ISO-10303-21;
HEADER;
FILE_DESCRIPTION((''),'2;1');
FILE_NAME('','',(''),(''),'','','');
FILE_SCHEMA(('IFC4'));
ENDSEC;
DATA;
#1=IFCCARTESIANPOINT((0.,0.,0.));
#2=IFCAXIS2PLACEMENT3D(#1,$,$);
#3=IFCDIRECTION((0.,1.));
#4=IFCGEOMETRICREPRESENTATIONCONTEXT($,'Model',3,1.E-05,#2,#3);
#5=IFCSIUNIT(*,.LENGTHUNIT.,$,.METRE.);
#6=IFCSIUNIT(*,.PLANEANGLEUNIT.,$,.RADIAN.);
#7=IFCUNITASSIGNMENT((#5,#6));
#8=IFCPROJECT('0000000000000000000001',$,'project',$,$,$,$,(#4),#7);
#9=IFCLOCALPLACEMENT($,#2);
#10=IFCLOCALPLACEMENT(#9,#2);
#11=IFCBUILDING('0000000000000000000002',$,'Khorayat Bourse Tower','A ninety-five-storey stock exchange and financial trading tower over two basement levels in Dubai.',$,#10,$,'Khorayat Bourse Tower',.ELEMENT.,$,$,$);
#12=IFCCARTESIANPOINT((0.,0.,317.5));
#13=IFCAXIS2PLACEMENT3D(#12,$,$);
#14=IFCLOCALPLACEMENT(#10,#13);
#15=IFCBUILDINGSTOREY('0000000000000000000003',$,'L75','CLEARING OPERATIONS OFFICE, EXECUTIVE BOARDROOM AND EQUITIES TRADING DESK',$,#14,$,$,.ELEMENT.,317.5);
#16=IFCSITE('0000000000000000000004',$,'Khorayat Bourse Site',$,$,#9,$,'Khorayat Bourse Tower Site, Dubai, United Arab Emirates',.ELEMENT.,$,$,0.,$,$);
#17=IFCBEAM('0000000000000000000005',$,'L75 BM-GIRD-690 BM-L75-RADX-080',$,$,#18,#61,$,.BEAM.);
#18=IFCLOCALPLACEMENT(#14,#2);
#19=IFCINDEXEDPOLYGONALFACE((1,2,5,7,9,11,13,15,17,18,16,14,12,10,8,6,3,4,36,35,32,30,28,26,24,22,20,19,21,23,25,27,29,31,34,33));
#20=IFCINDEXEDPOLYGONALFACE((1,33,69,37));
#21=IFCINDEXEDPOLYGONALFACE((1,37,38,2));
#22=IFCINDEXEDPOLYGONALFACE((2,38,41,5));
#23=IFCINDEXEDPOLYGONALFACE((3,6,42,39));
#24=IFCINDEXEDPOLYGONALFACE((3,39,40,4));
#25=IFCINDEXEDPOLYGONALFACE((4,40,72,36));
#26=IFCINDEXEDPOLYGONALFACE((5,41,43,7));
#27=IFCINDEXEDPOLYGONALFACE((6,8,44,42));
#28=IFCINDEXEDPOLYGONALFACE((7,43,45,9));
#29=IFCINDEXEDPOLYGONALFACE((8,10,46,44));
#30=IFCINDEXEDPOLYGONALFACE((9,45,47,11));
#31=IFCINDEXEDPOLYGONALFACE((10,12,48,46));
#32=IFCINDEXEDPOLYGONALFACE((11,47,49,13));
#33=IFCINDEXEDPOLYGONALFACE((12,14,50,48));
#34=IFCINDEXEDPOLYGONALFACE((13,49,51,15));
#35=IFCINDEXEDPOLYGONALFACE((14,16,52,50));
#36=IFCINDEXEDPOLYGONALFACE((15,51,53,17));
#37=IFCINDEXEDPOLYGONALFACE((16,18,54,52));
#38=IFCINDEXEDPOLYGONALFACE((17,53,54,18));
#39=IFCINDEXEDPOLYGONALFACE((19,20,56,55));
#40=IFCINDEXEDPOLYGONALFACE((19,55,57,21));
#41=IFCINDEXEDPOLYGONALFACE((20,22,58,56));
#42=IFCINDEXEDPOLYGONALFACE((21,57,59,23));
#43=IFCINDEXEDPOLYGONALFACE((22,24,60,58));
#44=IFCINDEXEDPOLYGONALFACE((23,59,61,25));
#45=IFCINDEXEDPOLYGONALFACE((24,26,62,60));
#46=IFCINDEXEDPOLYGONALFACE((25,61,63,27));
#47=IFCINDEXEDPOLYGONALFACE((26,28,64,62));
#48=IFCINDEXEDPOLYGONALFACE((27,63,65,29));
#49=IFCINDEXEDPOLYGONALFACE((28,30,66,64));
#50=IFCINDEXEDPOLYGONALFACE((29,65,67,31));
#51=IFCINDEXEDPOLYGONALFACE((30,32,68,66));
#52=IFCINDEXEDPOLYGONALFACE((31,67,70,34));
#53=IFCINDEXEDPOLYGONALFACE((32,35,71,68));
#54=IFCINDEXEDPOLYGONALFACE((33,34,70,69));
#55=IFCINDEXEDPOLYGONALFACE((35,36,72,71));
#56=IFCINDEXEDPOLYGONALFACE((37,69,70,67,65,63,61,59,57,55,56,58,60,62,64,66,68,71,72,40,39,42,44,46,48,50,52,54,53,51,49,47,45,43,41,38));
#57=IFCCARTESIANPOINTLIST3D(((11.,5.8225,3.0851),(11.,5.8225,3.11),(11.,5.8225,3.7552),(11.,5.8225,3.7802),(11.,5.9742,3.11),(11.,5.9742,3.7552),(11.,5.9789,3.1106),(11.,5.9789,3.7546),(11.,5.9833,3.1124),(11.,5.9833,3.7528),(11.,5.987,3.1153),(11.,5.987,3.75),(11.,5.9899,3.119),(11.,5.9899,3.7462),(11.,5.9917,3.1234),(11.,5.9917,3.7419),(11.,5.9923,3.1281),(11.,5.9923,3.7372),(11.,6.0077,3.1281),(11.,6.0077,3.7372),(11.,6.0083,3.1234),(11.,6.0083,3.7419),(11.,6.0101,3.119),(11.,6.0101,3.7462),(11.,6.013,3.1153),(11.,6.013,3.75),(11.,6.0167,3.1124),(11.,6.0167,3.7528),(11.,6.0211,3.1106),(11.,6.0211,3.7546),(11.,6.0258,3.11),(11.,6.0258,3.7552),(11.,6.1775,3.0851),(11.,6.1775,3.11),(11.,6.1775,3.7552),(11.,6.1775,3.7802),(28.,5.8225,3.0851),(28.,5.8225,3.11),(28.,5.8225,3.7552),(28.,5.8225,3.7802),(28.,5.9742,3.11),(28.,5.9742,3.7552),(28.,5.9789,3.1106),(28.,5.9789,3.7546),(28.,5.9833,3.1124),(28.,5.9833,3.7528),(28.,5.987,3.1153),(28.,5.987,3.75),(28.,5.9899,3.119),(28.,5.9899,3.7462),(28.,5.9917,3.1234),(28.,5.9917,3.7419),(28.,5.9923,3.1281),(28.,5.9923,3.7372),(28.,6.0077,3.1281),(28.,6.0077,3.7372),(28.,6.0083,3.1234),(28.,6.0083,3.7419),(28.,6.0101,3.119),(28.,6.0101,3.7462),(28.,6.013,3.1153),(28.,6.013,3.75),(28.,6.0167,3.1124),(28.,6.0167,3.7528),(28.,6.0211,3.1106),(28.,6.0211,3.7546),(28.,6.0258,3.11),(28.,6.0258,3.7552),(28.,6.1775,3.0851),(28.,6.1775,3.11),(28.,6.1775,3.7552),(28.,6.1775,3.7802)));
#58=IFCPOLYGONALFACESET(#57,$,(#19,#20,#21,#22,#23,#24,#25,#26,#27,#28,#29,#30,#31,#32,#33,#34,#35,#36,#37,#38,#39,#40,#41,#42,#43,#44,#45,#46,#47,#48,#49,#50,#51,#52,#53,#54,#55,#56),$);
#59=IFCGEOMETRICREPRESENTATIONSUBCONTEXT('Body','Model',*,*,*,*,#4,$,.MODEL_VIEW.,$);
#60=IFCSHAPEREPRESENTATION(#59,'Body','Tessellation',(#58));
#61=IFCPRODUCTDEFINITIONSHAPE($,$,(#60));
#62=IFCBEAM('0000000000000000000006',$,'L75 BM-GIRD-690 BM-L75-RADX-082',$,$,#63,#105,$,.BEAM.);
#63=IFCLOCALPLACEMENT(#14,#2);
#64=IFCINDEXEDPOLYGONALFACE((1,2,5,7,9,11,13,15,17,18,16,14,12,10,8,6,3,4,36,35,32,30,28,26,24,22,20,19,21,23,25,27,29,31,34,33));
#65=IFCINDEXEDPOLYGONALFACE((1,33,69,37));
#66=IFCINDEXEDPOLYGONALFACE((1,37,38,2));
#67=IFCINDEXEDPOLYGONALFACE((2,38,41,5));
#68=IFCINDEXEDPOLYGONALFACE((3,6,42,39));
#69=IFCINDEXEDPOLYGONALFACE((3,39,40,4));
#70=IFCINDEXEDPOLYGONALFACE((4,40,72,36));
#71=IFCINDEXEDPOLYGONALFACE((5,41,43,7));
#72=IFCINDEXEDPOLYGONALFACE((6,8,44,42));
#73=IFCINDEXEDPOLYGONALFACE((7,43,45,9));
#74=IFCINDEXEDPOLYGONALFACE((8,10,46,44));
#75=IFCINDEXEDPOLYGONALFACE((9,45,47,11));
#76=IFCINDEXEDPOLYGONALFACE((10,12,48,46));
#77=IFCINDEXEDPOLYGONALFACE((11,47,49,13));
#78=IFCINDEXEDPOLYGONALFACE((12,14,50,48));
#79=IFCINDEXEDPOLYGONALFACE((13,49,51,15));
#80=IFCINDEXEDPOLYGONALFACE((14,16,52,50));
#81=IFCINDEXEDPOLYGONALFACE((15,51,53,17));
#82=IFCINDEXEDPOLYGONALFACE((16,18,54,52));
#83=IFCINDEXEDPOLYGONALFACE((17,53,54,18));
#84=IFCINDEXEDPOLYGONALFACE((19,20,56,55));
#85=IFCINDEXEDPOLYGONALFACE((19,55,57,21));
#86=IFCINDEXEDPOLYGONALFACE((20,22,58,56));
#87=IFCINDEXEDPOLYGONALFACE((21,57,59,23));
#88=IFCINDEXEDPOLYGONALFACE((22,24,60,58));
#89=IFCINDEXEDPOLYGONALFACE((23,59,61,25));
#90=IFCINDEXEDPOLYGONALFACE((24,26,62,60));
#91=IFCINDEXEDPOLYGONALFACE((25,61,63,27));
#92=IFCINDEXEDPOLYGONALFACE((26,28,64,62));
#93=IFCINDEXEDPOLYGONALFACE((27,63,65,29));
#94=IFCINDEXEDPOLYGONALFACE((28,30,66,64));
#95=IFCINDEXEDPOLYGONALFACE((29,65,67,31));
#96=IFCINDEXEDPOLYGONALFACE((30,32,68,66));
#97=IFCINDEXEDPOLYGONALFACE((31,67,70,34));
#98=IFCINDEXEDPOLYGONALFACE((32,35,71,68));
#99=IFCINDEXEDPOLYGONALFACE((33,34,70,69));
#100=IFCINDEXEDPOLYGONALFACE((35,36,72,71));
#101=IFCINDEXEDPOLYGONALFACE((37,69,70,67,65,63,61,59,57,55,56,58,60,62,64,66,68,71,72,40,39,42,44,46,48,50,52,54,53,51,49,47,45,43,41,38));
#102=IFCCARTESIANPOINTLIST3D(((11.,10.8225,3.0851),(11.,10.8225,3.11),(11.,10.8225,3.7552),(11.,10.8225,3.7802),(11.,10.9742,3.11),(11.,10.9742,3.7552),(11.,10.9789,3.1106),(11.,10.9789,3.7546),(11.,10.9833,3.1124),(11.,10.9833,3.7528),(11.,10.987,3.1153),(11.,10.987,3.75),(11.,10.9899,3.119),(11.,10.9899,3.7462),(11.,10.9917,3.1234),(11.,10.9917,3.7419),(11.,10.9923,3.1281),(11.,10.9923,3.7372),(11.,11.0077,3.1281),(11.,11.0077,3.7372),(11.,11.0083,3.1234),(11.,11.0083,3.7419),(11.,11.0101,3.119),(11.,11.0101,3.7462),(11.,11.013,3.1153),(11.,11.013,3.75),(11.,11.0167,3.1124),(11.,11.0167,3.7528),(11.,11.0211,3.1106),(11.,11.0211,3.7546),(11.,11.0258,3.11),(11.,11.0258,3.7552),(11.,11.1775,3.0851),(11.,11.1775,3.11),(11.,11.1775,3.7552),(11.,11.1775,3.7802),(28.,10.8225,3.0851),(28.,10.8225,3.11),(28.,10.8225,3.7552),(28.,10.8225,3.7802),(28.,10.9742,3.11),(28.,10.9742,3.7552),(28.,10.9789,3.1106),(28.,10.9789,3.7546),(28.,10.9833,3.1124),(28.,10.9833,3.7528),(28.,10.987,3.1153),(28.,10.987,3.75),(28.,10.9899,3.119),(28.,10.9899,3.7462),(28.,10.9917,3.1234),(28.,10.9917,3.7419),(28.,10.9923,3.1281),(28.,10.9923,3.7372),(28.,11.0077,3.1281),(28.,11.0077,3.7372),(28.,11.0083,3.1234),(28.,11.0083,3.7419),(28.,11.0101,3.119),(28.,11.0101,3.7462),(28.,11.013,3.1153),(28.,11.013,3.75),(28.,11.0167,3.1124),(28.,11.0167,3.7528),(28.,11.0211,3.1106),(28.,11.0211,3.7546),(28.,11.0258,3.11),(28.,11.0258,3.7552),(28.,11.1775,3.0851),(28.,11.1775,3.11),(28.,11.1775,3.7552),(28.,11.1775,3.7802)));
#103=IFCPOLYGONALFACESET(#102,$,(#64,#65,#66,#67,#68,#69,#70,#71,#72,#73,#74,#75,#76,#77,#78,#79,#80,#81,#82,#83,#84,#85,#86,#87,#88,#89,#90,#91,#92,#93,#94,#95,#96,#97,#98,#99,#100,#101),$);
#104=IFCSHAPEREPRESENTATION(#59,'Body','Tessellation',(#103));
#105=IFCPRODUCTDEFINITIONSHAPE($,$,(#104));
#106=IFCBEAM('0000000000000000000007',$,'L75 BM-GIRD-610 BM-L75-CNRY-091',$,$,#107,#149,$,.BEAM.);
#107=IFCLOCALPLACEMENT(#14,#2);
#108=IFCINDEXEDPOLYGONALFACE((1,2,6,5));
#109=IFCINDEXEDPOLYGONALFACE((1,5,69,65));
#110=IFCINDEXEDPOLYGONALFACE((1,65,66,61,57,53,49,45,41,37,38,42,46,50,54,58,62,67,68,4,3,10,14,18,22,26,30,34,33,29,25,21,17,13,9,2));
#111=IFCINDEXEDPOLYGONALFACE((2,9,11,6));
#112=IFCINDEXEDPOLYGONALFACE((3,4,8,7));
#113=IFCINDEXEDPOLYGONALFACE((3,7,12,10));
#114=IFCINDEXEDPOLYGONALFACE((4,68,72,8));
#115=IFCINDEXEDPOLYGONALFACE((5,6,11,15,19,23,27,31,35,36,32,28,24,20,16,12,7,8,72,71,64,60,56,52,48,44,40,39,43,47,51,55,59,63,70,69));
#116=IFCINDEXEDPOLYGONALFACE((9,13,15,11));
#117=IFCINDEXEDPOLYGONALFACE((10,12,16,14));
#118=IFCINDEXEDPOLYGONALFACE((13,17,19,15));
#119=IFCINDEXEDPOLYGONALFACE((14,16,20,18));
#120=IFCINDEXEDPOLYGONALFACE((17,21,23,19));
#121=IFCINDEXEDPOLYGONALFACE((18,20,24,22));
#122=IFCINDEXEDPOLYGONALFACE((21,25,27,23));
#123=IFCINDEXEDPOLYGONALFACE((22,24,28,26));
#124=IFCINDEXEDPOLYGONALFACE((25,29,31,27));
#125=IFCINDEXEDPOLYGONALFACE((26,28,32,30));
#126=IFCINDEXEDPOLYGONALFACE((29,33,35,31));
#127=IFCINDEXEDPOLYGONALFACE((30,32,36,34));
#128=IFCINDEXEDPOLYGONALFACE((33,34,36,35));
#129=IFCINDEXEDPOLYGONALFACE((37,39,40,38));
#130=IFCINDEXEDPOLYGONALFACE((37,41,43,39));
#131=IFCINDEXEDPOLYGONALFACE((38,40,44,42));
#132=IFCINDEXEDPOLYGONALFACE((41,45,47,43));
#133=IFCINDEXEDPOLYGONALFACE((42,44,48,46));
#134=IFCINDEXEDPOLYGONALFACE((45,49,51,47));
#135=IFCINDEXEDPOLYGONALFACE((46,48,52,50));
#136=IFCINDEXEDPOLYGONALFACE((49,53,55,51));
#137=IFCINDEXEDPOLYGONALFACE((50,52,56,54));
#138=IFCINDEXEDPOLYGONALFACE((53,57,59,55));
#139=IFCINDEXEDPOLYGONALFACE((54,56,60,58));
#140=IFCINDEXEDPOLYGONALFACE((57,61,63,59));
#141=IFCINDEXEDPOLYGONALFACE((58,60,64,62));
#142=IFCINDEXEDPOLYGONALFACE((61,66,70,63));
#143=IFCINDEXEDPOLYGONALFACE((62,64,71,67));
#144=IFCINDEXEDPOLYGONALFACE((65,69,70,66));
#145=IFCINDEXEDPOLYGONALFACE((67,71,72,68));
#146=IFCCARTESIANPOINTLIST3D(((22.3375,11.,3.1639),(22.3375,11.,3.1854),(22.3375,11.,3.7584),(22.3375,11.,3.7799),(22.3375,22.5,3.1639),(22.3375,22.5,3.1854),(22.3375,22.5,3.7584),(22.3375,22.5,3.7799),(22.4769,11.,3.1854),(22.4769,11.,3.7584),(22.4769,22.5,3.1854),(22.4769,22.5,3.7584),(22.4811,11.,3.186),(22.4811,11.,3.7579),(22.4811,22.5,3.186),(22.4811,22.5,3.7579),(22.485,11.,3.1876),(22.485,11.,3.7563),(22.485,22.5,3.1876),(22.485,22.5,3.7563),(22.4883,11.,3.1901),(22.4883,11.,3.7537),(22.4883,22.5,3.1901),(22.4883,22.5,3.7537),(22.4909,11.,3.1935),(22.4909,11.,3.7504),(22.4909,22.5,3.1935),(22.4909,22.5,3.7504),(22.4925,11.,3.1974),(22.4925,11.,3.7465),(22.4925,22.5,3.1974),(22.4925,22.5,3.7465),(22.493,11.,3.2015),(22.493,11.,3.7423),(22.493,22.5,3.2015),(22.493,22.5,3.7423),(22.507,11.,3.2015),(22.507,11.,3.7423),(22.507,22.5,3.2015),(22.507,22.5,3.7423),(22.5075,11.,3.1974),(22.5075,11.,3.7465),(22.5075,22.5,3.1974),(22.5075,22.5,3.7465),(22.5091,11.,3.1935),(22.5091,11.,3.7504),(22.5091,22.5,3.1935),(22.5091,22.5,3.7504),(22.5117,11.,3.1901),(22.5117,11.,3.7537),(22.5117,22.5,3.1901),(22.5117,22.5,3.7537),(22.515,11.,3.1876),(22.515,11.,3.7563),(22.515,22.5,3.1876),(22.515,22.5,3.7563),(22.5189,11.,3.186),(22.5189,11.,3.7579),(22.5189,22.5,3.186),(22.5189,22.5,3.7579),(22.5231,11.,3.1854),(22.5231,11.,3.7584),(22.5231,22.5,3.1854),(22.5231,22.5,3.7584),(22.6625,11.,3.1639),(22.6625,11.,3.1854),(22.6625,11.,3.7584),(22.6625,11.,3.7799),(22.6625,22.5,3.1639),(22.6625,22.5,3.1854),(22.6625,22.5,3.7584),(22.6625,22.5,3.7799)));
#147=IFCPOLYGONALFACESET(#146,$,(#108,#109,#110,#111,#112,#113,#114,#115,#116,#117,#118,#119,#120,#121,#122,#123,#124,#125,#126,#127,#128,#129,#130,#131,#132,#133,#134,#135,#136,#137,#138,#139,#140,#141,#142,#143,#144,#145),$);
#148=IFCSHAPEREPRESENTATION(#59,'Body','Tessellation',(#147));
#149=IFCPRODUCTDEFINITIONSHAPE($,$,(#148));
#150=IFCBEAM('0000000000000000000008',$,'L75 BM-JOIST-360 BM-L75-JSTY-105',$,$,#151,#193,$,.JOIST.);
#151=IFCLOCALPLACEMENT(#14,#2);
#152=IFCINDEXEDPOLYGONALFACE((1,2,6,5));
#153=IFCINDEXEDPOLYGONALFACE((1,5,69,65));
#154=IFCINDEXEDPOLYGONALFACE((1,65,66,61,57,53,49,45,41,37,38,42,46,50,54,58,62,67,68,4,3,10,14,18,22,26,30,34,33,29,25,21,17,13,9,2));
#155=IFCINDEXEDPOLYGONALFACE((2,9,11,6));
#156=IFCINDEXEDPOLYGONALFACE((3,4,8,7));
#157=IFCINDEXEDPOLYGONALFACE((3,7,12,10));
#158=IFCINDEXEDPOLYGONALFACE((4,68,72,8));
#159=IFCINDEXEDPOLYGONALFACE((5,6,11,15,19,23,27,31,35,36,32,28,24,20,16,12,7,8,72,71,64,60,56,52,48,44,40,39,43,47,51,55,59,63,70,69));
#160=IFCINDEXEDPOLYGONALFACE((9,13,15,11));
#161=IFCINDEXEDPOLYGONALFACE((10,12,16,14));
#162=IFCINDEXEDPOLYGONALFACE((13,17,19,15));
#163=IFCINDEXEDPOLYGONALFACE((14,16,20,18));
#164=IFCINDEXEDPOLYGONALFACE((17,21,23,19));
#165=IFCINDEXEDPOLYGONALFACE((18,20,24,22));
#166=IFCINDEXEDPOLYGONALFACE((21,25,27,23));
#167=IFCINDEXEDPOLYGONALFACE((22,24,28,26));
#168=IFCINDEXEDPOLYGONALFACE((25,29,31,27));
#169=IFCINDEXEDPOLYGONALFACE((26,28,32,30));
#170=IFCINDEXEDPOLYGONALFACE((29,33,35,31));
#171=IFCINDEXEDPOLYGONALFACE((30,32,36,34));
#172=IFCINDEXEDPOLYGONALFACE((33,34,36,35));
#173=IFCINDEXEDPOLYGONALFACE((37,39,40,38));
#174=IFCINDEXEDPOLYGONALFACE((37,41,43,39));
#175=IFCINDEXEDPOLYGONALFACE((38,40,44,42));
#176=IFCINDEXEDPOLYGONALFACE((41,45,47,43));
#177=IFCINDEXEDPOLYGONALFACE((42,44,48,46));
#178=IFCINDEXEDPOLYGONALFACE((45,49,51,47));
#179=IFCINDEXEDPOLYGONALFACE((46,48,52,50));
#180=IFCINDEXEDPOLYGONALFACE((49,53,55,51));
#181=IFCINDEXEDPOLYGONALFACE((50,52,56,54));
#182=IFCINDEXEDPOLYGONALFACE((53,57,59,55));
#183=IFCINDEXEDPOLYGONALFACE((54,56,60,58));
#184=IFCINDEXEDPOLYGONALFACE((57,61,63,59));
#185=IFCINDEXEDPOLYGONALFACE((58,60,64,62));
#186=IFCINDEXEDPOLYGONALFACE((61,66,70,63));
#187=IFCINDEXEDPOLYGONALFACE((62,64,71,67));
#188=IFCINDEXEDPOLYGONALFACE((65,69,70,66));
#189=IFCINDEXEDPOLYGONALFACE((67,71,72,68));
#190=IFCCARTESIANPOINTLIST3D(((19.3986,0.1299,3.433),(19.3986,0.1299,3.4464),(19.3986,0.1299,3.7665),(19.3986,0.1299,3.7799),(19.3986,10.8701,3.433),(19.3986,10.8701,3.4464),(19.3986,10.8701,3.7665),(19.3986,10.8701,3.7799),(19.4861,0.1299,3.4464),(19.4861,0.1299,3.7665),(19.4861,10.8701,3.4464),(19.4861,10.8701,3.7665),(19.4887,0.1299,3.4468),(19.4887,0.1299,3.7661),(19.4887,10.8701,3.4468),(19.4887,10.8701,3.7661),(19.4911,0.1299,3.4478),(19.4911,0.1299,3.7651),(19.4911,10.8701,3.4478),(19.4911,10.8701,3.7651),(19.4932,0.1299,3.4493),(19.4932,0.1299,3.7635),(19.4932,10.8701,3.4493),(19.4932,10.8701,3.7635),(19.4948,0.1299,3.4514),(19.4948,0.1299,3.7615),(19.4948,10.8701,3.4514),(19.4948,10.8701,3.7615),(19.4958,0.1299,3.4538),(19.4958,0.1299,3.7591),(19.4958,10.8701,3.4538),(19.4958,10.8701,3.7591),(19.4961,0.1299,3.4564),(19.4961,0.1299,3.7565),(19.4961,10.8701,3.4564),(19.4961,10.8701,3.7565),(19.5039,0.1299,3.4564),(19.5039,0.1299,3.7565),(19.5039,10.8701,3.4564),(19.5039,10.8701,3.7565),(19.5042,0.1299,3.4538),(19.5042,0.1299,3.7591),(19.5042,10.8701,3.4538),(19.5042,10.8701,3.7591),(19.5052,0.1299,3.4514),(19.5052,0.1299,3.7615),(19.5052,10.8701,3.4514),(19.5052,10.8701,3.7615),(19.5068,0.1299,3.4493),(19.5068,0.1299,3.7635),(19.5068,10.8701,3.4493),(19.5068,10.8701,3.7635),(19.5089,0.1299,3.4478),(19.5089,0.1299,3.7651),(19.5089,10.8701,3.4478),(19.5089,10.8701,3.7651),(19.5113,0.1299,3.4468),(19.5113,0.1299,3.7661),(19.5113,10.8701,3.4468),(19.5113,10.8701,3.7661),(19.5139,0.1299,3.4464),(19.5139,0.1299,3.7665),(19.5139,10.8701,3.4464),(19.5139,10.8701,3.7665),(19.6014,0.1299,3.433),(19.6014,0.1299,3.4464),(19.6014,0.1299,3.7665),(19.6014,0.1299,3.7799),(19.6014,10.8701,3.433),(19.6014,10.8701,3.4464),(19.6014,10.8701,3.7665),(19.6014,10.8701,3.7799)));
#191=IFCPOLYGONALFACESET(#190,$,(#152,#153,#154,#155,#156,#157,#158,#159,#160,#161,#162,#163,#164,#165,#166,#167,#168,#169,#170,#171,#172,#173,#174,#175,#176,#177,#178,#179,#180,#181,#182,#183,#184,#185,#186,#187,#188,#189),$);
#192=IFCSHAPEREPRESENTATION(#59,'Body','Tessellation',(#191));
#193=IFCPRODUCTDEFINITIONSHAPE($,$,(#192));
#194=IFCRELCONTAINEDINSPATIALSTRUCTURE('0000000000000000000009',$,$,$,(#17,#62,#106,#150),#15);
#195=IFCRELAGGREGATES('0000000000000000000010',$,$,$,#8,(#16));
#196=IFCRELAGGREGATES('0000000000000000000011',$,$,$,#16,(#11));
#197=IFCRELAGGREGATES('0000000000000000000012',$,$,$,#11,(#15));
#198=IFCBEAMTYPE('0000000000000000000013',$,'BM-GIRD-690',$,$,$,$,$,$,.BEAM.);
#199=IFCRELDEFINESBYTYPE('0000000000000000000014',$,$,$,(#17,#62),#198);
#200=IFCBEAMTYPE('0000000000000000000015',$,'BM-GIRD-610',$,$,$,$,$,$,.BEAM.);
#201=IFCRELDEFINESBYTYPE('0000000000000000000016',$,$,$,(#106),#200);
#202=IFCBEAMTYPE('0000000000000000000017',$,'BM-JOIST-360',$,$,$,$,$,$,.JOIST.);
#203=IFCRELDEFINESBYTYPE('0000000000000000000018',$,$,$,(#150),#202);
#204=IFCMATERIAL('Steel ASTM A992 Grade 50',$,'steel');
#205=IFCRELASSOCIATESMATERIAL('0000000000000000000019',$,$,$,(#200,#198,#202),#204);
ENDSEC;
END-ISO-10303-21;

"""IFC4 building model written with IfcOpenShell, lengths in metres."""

from ifc_helpers import new_model, si_unit, direction, frame, origin, origin_2d, place, context, subcontext, project, spatial, i_section, extrude, source, transform, mapped, material, material_profile, profile_set, type_object, element, save


model = new_model("IFC4")

# Units and contexts
model_context = context("Model", 3, precision=1e-05, world=origin(), true_north=direction((0.0, 1.0)))
body_context = subcontext(model_context, "Body", "Model", "MODEL_VIEW")
ifc_project = project(units=[si_unit("LENGTHUNIT", "METRE"), si_unit("PLANEANGLEUNIT", "RADIAN")], contexts=[model_context])

# Site, building, storey
site_placement = place(None, origin())
site = spatial("IfcSite", under=ifc_project, at=site_placement, Name="Khorayat Bourse Site", LongName="Khorayat Bourse Tower Site, Dubai, United Arab Emirates", CompositionType="ELEMENT", RefElevation=0.0)
building_placement = place(site_placement, origin())
building = spatial("IfcBuilding", under=site, at=building_placement, Name="Khorayat Bourse Tower", Description="A ninety-five-storey stock exchange and financial trading tower over two basement levels in Dubai.", LongName="Khorayat Bourse Tower", CompositionType="ELEMENT")
storey_placement = place(building_placement, frame((0.0, 0.0, 317.5)))
storey = spatial("IfcBuildingStorey", under=building, at=storey_placement, Name="L75", Description="CLEARING OPERATIONS OFFICE, EXECUTIVE BOARDROOM AND EQUITIES TRADING DESK", CompositionType="ELEMENT", Elevation=317.5)

# Shared definitions
ifc_material_1 = material(Name="Steel ASTM A992 Grade 50", Category="steel")
ifc_material_profile_1 = material_profile(ifc_material_1, i_section(OverallWidth=0.325, OverallDepth=0.616, WebThickness=0.0139, FlangeThickness=0.0215, FilletRadius=0.0161, at=origin_2d()), Name="W610X174")
ifc_profile_set_1 = profile_set([ifc_material_profile_1], Name="Steel ASTM A992 Grade 50")
beam_type_1 = type_object("IfcBeamType", Name="BM-GIRD-610", PredefinedType="BEAM", material=ifc_profile_set_1)

# Beams
ifc_material_profile_2 = material_profile(ifc_material_1, i_section(OverallWidth=0.355, OverallDepth=0.6951, WebThickness=0.0154, FlangeThickness=0.0249, FilletRadius=0.0181, at=origin_2d()), Name="W690X217")
ifc_profile_set_2 = profile_set([ifc_material_profile_2], Name="Steel ASTM A992 Grade 50")
beam_type_2 = type_object("IfcBeamType", Name="BM-GIRD-690", PredefinedType="BEAM", material=ifc_profile_set_2)
shared_shape_1 = source(origin(), body_context, "Body", "SweptSolid", [
    extrude(i_section(OverallWidth=0.355, OverallDepth=0.6951, WebThickness=0.0154, FlangeThickness=0.0249, FilletRadius=0.0181, at=origin_2d()), origin(), (0.0, 0.0, 1.0), 17.0),
])
for number, where, z_axis, x_axis, name in (
    (1, (11.0, 6.0, 3.4326), (1.0, 0.0, 0.0), (0.0, 1.0, 0.0), "L75 BM-GIRD-690 BM-L75-RADX-080"),
    (2, (11.0, 11.0, 3.4326), (1.0, 0.0, 0.0), (0.0, 1.0, 0.0), "L75 BM-GIRD-690 BM-L75-RADX-082"),
):
    element("IfcBeam", number, at=place(storey_placement, frame(where, z_axis=z_axis, x_axis=x_axis)), inside=storey, type_object=beam_type_2, Name=name, PredefinedType="BEAM", context=body_context, shape_type="MappedRepresentation", body=[
        mapped(shared_shape_1, transform((0.0, 0.0, 0.0), scale=1.0)),
    ])
shared_shape_2 = source(origin(), body_context, "Body", "SweptSolid", [
    extrude(i_section(OverallWidth=0.325, OverallDepth=0.616, WebThickness=0.0139, FlangeThickness=0.0215, FilletRadius=0.0161, at=origin_2d()), origin(), (0.0, 0.0, 1.0), 11.5),
])
beam_1_placement = place(storey_placement, frame((22.5, 11.0, 3.4719), z_axis=(0.0, 1.0, 0.0), x_axis=(-1.0, 0.0, 0.0)))
element("IfcBeam", 3, at=beam_1_placement, inside=storey, type_object=beam_type_1, Name="L75 BM-GIRD-610 BM-L75-CNRY-091", PredefinedType="BEAM", context=body_context, shape_type="MappedRepresentation", body=[
    mapped(shared_shape_2, transform((0.0, 0.0, 0.0), scale=1.0)),
])
ifc_material_profile_3 = material_profile(ifc_material_1, i_section(OverallWidth=0.2029, OverallDepth=0.3469, WebThickness=0.0078, FlangeThickness=0.0134, FilletRadius=0.01, at=origin_2d()), Name="W360X64")
ifc_profile_set_3 = profile_set([ifc_material_profile_3], Name="Steel ASTM A992 Grade 50")
beam_type_3 = type_object("IfcBeamType", Name="BM-JOIST-360", PredefinedType="JOIST", material=ifc_profile_set_3)
shared_shape_3 = source(origin(), body_context, "Body", "SweptSolid", [
    extrude(i_section(OverallWidth=0.2029, OverallDepth=0.3469, WebThickness=0.0078, FlangeThickness=0.0134, FilletRadius=0.01, at=origin_2d()), origin(), (0.0, 0.0, 1.0), 10.7402),
])
beam_2_placement = place(storey_placement, frame((19.5, 0.1299, 3.6064), z_axis=(0.0, 1.0, 0.0), x_axis=(-1.0, 0.0, 0.0)))
element("IfcBeam", 4, at=beam_2_placement, inside=storey, type_object=beam_type_3, Name="L75 BM-JOIST-360 BM-L75-JSTY-105", PredefinedType="JOIST", context=body_context, shape_type="MappedRepresentation", body=[
    mapped(shared_shape_3, transform((0.0, 0.0, 0.0), scale=1.0)),
])

save(model, "model.ifc")
